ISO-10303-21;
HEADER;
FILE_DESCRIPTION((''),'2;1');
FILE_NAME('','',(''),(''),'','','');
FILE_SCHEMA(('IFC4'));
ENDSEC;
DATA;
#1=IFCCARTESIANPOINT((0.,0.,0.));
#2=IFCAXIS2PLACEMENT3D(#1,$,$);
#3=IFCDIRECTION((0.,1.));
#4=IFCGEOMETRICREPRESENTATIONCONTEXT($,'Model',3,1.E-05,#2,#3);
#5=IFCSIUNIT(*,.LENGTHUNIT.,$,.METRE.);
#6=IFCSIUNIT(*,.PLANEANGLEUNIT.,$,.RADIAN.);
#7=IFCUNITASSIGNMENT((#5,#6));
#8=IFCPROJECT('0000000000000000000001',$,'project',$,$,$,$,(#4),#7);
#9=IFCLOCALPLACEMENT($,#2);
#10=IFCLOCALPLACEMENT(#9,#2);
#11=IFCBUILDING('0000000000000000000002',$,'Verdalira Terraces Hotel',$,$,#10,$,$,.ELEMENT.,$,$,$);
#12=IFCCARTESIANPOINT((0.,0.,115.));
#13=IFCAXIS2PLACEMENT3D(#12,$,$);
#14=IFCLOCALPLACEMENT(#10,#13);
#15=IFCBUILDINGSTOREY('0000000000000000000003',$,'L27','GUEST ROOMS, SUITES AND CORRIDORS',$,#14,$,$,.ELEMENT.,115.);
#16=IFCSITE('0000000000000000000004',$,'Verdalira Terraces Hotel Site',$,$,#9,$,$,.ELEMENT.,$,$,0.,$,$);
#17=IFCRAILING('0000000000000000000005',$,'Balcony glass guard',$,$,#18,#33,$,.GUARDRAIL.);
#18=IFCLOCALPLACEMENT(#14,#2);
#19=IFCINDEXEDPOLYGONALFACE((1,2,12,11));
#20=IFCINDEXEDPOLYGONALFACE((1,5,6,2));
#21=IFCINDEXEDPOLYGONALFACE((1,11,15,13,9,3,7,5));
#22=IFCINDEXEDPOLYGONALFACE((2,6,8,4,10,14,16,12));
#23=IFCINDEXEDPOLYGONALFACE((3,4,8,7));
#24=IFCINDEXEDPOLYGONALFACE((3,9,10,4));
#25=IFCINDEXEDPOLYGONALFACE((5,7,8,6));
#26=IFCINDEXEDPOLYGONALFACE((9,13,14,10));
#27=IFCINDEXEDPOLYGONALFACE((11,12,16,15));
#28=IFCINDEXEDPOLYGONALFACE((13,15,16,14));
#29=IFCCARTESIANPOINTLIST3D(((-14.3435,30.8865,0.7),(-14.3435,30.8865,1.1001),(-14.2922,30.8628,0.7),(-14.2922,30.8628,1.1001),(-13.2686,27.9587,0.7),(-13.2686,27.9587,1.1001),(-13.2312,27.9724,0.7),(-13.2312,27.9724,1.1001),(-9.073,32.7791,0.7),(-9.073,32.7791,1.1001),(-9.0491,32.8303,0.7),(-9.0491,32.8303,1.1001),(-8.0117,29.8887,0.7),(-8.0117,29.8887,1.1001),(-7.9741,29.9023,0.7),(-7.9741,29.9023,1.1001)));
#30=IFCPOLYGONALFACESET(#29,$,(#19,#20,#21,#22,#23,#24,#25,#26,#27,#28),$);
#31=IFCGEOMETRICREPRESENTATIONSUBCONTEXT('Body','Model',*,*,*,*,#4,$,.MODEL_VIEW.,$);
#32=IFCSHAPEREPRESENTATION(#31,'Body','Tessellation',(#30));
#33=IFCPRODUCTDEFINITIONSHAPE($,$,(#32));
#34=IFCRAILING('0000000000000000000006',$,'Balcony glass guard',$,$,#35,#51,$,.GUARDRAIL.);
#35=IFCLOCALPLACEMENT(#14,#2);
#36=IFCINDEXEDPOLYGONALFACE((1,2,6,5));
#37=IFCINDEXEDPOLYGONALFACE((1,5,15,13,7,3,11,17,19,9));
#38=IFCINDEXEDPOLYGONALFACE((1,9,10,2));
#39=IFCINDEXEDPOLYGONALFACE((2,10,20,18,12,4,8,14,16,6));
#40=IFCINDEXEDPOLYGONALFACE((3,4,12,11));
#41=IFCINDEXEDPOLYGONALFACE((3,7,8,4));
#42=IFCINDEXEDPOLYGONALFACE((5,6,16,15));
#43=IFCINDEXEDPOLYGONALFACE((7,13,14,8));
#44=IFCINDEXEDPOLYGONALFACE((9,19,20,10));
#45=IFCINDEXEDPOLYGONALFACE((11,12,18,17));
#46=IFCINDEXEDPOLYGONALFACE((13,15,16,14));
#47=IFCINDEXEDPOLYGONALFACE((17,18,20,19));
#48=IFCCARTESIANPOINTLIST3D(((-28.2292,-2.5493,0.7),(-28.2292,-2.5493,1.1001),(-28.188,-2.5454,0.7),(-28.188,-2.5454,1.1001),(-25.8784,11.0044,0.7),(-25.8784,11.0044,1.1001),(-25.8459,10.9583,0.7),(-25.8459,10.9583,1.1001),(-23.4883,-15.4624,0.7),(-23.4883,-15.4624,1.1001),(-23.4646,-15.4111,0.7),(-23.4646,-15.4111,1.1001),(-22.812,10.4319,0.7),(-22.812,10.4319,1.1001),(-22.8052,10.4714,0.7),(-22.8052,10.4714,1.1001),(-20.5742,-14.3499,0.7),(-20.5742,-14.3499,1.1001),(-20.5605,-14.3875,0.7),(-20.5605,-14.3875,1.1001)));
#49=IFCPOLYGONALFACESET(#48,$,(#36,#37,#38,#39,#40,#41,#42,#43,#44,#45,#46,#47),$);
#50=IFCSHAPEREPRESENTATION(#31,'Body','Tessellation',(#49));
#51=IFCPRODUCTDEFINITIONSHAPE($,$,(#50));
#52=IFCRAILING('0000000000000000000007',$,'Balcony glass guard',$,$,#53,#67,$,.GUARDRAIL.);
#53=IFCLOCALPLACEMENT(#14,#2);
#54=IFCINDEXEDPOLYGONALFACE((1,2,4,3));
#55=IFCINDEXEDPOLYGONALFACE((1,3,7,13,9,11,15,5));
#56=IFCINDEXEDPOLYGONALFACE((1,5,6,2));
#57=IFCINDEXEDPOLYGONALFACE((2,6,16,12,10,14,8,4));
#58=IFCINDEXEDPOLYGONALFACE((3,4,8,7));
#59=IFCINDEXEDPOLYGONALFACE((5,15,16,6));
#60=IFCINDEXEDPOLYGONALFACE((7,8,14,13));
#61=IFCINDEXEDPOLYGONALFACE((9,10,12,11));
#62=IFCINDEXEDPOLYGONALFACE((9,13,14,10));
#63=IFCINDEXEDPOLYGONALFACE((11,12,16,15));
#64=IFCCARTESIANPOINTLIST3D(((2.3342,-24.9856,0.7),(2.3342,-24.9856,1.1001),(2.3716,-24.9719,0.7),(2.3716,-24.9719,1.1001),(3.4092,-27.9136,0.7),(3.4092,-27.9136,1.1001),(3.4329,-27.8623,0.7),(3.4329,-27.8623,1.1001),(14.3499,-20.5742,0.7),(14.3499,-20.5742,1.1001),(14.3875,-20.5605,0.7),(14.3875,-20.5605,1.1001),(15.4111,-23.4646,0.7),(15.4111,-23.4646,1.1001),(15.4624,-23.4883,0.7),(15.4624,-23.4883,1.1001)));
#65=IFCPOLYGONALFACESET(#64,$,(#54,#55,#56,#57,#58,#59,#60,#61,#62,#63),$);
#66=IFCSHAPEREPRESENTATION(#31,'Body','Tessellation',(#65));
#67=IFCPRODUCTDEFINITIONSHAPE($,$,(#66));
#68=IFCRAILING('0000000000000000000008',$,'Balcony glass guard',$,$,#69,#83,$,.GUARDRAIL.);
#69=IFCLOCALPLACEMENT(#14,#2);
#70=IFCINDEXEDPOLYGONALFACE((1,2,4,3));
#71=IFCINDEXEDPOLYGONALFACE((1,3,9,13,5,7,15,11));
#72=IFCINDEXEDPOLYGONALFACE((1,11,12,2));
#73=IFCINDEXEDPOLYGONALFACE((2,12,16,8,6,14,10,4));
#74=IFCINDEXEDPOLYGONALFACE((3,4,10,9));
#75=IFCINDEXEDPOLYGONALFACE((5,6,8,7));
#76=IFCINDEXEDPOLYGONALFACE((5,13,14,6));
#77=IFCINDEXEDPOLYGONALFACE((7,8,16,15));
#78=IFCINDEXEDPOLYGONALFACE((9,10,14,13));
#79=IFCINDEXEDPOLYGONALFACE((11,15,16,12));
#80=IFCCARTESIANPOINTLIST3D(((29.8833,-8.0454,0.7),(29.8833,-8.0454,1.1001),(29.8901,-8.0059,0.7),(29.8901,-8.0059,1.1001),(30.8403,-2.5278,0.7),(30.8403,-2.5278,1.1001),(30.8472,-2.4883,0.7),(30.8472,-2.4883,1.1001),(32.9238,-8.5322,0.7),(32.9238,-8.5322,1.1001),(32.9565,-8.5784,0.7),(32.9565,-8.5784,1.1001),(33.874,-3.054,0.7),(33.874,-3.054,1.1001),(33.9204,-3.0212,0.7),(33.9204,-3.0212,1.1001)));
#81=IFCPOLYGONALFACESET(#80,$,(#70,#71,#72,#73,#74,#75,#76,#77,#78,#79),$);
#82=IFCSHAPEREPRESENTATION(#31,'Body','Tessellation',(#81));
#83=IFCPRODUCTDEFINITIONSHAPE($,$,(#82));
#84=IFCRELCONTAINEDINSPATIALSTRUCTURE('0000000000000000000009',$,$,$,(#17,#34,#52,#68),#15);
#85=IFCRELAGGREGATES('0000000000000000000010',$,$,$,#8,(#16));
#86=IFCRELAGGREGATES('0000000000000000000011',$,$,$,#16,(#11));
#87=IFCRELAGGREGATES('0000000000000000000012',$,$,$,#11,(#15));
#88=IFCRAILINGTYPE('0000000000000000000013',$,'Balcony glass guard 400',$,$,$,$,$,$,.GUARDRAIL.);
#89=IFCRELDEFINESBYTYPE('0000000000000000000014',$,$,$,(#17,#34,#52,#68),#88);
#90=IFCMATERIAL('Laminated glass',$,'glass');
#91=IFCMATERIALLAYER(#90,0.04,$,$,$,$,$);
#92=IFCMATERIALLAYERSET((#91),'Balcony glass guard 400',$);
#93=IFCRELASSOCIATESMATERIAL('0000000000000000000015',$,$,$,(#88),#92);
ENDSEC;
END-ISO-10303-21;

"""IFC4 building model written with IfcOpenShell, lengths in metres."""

from ifc_helpers import new_model, si_unit, direction, frame, origin, place, context, subcontext, project, spatial, polyline, outline, extrude, material, layer, layer_set, type_object, element, save


model = new_model("IFC4")

# Units and contexts
model_context = context("Model", 3, precision=1e-05, world=origin(), true_north=direction((0.0, 1.0)))
body_context = subcontext(model_context, "Body", "Model", "MODEL_VIEW")
ifc_project = project(units=[si_unit("LENGTHUNIT", "METRE"), si_unit("PLANEANGLEUNIT", "RADIAN")], contexts=[model_context])

# Site, building, storey
site_placement = place(None, origin())
site = spatial("IfcSite", under=ifc_project, at=site_placement, Name="Verdalira Terraces Hotel Site", CompositionType="ELEMENT", RefElevation=0.0)
building_placement = place(site_placement, origin())
building = spatial("IfcBuilding", under=site, at=building_placement, Name="Verdalira Terraces Hotel", CompositionType="ELEMENT")
storey_placement = place(building_placement, frame((0.0, 0.0, 115.0)))
storey = spatial("IfcBuildingStorey", under=building, at=storey_placement, Name="L27", Description="GUEST ROOMS, SUITES AND CORRIDORS", CompositionType="ELEMENT", Elevation=115.0)

# Railings
ifc_material_1 = material(Name="Laminated glass", Category="glass")
ifc_layer_1 = layer(ifc_material_1, 0.04)
ifc_layer_set_1 = layer_set([ifc_layer_1], Name="Balcony glass guard 400")
railing_type = type_object("IfcRailingType", Name="Balcony glass guard 400", PredefinedType="GUARDRAIL", material=ifc_layer_set_1)
railing_1_placement = place(storey_placement, frame((0.0, 0.0, 0.7)))
element("IfcRailing", 1, at=railing_1_placement, inside=storey, type_object=railing_type, Name="Balcony glass guard", PredefinedType="GUARDRAIL", context=body_context, shape_type="SweptSolid", body=[
    extrude(outline(polyline([(-9.073, 32.7791), (-14.2922, 30.8628), (-13.2312, 27.9724), (-13.2686, 27.9587), (-14.3435, 30.8865), (-9.0491, 32.8303), (-7.9741, 29.9023), (-8.0117, 29.8887), (-9.073, 32.7791)])), origin(), (0.0, 0.0, 1.0), 0.4001),
])
railing_2_placement = place(storey_placement, frame((0.0, 0.0, 0.7)))
element("IfcRailing", 2, at=railing_2_placement, inside=storey, type_object=railing_type, Name="Balcony glass guard", PredefinedType="GUARDRAIL", context=body_context, shape_type="SweptSolid", body=[
    extrude(outline(polyline([(-25.8459, 10.9583), (-28.188, -2.5454), (-23.4646, -15.4111), (-20.5742, -14.3499), (-20.5605, -14.3875), (-23.4883, -15.4624), (-28.2292, -2.5493), (-25.8784, 11.0044), (-22.8052, 10.4714), (-22.812, 10.4319), (-25.8459, 10.9583)])), origin(), (0.0, 0.0, 1.0), 0.4001),
])
railing_3_placement = place(storey_placement, frame((0.0, 0.0, 0.7)))
element("IfcRailing", 3, at=railing_3_placement, inside=storey, type_object=railing_type, Name="Balcony glass guard", PredefinedType="GUARDRAIL", context=body_context, shape_type="SweptSolid", body=[
    extrude(outline(polyline([(3.4329, -27.8623), (15.4111, -23.4646), (14.3499, -20.5742), (14.3875, -20.5605), (15.4624, -23.4883), (3.4092, -27.9136), (2.3342, -24.9856), (2.3716, -24.9719), (3.4329, -27.8623)])), origin(), (0.0, 0.0, 1.0), 0.4001),
])
railing_4_placement = place(storey_placement, frame((0.0, 0.0, 0.7)))
element("IfcRailing", 4, at=railing_4_placement, inside=storey, type_object=railing_type, Name="Balcony glass guard", PredefinedType="GUARDRAIL", context=body_context, shape_type="SweptSolid", body=[
    extrude(outline(polyline([(32.9238, -8.5322), (33.874, -3.054), (30.8403, -2.5278), (30.8472, -2.4883), (33.9204, -3.0212), (32.9565, -8.5784), (29.8833, -8.0454), (29.8901, -8.0059), (32.9238, -8.5322)])), origin(), (0.0, 0.0, 1.0), 0.4001),
])

save(model, "model.ifc")
